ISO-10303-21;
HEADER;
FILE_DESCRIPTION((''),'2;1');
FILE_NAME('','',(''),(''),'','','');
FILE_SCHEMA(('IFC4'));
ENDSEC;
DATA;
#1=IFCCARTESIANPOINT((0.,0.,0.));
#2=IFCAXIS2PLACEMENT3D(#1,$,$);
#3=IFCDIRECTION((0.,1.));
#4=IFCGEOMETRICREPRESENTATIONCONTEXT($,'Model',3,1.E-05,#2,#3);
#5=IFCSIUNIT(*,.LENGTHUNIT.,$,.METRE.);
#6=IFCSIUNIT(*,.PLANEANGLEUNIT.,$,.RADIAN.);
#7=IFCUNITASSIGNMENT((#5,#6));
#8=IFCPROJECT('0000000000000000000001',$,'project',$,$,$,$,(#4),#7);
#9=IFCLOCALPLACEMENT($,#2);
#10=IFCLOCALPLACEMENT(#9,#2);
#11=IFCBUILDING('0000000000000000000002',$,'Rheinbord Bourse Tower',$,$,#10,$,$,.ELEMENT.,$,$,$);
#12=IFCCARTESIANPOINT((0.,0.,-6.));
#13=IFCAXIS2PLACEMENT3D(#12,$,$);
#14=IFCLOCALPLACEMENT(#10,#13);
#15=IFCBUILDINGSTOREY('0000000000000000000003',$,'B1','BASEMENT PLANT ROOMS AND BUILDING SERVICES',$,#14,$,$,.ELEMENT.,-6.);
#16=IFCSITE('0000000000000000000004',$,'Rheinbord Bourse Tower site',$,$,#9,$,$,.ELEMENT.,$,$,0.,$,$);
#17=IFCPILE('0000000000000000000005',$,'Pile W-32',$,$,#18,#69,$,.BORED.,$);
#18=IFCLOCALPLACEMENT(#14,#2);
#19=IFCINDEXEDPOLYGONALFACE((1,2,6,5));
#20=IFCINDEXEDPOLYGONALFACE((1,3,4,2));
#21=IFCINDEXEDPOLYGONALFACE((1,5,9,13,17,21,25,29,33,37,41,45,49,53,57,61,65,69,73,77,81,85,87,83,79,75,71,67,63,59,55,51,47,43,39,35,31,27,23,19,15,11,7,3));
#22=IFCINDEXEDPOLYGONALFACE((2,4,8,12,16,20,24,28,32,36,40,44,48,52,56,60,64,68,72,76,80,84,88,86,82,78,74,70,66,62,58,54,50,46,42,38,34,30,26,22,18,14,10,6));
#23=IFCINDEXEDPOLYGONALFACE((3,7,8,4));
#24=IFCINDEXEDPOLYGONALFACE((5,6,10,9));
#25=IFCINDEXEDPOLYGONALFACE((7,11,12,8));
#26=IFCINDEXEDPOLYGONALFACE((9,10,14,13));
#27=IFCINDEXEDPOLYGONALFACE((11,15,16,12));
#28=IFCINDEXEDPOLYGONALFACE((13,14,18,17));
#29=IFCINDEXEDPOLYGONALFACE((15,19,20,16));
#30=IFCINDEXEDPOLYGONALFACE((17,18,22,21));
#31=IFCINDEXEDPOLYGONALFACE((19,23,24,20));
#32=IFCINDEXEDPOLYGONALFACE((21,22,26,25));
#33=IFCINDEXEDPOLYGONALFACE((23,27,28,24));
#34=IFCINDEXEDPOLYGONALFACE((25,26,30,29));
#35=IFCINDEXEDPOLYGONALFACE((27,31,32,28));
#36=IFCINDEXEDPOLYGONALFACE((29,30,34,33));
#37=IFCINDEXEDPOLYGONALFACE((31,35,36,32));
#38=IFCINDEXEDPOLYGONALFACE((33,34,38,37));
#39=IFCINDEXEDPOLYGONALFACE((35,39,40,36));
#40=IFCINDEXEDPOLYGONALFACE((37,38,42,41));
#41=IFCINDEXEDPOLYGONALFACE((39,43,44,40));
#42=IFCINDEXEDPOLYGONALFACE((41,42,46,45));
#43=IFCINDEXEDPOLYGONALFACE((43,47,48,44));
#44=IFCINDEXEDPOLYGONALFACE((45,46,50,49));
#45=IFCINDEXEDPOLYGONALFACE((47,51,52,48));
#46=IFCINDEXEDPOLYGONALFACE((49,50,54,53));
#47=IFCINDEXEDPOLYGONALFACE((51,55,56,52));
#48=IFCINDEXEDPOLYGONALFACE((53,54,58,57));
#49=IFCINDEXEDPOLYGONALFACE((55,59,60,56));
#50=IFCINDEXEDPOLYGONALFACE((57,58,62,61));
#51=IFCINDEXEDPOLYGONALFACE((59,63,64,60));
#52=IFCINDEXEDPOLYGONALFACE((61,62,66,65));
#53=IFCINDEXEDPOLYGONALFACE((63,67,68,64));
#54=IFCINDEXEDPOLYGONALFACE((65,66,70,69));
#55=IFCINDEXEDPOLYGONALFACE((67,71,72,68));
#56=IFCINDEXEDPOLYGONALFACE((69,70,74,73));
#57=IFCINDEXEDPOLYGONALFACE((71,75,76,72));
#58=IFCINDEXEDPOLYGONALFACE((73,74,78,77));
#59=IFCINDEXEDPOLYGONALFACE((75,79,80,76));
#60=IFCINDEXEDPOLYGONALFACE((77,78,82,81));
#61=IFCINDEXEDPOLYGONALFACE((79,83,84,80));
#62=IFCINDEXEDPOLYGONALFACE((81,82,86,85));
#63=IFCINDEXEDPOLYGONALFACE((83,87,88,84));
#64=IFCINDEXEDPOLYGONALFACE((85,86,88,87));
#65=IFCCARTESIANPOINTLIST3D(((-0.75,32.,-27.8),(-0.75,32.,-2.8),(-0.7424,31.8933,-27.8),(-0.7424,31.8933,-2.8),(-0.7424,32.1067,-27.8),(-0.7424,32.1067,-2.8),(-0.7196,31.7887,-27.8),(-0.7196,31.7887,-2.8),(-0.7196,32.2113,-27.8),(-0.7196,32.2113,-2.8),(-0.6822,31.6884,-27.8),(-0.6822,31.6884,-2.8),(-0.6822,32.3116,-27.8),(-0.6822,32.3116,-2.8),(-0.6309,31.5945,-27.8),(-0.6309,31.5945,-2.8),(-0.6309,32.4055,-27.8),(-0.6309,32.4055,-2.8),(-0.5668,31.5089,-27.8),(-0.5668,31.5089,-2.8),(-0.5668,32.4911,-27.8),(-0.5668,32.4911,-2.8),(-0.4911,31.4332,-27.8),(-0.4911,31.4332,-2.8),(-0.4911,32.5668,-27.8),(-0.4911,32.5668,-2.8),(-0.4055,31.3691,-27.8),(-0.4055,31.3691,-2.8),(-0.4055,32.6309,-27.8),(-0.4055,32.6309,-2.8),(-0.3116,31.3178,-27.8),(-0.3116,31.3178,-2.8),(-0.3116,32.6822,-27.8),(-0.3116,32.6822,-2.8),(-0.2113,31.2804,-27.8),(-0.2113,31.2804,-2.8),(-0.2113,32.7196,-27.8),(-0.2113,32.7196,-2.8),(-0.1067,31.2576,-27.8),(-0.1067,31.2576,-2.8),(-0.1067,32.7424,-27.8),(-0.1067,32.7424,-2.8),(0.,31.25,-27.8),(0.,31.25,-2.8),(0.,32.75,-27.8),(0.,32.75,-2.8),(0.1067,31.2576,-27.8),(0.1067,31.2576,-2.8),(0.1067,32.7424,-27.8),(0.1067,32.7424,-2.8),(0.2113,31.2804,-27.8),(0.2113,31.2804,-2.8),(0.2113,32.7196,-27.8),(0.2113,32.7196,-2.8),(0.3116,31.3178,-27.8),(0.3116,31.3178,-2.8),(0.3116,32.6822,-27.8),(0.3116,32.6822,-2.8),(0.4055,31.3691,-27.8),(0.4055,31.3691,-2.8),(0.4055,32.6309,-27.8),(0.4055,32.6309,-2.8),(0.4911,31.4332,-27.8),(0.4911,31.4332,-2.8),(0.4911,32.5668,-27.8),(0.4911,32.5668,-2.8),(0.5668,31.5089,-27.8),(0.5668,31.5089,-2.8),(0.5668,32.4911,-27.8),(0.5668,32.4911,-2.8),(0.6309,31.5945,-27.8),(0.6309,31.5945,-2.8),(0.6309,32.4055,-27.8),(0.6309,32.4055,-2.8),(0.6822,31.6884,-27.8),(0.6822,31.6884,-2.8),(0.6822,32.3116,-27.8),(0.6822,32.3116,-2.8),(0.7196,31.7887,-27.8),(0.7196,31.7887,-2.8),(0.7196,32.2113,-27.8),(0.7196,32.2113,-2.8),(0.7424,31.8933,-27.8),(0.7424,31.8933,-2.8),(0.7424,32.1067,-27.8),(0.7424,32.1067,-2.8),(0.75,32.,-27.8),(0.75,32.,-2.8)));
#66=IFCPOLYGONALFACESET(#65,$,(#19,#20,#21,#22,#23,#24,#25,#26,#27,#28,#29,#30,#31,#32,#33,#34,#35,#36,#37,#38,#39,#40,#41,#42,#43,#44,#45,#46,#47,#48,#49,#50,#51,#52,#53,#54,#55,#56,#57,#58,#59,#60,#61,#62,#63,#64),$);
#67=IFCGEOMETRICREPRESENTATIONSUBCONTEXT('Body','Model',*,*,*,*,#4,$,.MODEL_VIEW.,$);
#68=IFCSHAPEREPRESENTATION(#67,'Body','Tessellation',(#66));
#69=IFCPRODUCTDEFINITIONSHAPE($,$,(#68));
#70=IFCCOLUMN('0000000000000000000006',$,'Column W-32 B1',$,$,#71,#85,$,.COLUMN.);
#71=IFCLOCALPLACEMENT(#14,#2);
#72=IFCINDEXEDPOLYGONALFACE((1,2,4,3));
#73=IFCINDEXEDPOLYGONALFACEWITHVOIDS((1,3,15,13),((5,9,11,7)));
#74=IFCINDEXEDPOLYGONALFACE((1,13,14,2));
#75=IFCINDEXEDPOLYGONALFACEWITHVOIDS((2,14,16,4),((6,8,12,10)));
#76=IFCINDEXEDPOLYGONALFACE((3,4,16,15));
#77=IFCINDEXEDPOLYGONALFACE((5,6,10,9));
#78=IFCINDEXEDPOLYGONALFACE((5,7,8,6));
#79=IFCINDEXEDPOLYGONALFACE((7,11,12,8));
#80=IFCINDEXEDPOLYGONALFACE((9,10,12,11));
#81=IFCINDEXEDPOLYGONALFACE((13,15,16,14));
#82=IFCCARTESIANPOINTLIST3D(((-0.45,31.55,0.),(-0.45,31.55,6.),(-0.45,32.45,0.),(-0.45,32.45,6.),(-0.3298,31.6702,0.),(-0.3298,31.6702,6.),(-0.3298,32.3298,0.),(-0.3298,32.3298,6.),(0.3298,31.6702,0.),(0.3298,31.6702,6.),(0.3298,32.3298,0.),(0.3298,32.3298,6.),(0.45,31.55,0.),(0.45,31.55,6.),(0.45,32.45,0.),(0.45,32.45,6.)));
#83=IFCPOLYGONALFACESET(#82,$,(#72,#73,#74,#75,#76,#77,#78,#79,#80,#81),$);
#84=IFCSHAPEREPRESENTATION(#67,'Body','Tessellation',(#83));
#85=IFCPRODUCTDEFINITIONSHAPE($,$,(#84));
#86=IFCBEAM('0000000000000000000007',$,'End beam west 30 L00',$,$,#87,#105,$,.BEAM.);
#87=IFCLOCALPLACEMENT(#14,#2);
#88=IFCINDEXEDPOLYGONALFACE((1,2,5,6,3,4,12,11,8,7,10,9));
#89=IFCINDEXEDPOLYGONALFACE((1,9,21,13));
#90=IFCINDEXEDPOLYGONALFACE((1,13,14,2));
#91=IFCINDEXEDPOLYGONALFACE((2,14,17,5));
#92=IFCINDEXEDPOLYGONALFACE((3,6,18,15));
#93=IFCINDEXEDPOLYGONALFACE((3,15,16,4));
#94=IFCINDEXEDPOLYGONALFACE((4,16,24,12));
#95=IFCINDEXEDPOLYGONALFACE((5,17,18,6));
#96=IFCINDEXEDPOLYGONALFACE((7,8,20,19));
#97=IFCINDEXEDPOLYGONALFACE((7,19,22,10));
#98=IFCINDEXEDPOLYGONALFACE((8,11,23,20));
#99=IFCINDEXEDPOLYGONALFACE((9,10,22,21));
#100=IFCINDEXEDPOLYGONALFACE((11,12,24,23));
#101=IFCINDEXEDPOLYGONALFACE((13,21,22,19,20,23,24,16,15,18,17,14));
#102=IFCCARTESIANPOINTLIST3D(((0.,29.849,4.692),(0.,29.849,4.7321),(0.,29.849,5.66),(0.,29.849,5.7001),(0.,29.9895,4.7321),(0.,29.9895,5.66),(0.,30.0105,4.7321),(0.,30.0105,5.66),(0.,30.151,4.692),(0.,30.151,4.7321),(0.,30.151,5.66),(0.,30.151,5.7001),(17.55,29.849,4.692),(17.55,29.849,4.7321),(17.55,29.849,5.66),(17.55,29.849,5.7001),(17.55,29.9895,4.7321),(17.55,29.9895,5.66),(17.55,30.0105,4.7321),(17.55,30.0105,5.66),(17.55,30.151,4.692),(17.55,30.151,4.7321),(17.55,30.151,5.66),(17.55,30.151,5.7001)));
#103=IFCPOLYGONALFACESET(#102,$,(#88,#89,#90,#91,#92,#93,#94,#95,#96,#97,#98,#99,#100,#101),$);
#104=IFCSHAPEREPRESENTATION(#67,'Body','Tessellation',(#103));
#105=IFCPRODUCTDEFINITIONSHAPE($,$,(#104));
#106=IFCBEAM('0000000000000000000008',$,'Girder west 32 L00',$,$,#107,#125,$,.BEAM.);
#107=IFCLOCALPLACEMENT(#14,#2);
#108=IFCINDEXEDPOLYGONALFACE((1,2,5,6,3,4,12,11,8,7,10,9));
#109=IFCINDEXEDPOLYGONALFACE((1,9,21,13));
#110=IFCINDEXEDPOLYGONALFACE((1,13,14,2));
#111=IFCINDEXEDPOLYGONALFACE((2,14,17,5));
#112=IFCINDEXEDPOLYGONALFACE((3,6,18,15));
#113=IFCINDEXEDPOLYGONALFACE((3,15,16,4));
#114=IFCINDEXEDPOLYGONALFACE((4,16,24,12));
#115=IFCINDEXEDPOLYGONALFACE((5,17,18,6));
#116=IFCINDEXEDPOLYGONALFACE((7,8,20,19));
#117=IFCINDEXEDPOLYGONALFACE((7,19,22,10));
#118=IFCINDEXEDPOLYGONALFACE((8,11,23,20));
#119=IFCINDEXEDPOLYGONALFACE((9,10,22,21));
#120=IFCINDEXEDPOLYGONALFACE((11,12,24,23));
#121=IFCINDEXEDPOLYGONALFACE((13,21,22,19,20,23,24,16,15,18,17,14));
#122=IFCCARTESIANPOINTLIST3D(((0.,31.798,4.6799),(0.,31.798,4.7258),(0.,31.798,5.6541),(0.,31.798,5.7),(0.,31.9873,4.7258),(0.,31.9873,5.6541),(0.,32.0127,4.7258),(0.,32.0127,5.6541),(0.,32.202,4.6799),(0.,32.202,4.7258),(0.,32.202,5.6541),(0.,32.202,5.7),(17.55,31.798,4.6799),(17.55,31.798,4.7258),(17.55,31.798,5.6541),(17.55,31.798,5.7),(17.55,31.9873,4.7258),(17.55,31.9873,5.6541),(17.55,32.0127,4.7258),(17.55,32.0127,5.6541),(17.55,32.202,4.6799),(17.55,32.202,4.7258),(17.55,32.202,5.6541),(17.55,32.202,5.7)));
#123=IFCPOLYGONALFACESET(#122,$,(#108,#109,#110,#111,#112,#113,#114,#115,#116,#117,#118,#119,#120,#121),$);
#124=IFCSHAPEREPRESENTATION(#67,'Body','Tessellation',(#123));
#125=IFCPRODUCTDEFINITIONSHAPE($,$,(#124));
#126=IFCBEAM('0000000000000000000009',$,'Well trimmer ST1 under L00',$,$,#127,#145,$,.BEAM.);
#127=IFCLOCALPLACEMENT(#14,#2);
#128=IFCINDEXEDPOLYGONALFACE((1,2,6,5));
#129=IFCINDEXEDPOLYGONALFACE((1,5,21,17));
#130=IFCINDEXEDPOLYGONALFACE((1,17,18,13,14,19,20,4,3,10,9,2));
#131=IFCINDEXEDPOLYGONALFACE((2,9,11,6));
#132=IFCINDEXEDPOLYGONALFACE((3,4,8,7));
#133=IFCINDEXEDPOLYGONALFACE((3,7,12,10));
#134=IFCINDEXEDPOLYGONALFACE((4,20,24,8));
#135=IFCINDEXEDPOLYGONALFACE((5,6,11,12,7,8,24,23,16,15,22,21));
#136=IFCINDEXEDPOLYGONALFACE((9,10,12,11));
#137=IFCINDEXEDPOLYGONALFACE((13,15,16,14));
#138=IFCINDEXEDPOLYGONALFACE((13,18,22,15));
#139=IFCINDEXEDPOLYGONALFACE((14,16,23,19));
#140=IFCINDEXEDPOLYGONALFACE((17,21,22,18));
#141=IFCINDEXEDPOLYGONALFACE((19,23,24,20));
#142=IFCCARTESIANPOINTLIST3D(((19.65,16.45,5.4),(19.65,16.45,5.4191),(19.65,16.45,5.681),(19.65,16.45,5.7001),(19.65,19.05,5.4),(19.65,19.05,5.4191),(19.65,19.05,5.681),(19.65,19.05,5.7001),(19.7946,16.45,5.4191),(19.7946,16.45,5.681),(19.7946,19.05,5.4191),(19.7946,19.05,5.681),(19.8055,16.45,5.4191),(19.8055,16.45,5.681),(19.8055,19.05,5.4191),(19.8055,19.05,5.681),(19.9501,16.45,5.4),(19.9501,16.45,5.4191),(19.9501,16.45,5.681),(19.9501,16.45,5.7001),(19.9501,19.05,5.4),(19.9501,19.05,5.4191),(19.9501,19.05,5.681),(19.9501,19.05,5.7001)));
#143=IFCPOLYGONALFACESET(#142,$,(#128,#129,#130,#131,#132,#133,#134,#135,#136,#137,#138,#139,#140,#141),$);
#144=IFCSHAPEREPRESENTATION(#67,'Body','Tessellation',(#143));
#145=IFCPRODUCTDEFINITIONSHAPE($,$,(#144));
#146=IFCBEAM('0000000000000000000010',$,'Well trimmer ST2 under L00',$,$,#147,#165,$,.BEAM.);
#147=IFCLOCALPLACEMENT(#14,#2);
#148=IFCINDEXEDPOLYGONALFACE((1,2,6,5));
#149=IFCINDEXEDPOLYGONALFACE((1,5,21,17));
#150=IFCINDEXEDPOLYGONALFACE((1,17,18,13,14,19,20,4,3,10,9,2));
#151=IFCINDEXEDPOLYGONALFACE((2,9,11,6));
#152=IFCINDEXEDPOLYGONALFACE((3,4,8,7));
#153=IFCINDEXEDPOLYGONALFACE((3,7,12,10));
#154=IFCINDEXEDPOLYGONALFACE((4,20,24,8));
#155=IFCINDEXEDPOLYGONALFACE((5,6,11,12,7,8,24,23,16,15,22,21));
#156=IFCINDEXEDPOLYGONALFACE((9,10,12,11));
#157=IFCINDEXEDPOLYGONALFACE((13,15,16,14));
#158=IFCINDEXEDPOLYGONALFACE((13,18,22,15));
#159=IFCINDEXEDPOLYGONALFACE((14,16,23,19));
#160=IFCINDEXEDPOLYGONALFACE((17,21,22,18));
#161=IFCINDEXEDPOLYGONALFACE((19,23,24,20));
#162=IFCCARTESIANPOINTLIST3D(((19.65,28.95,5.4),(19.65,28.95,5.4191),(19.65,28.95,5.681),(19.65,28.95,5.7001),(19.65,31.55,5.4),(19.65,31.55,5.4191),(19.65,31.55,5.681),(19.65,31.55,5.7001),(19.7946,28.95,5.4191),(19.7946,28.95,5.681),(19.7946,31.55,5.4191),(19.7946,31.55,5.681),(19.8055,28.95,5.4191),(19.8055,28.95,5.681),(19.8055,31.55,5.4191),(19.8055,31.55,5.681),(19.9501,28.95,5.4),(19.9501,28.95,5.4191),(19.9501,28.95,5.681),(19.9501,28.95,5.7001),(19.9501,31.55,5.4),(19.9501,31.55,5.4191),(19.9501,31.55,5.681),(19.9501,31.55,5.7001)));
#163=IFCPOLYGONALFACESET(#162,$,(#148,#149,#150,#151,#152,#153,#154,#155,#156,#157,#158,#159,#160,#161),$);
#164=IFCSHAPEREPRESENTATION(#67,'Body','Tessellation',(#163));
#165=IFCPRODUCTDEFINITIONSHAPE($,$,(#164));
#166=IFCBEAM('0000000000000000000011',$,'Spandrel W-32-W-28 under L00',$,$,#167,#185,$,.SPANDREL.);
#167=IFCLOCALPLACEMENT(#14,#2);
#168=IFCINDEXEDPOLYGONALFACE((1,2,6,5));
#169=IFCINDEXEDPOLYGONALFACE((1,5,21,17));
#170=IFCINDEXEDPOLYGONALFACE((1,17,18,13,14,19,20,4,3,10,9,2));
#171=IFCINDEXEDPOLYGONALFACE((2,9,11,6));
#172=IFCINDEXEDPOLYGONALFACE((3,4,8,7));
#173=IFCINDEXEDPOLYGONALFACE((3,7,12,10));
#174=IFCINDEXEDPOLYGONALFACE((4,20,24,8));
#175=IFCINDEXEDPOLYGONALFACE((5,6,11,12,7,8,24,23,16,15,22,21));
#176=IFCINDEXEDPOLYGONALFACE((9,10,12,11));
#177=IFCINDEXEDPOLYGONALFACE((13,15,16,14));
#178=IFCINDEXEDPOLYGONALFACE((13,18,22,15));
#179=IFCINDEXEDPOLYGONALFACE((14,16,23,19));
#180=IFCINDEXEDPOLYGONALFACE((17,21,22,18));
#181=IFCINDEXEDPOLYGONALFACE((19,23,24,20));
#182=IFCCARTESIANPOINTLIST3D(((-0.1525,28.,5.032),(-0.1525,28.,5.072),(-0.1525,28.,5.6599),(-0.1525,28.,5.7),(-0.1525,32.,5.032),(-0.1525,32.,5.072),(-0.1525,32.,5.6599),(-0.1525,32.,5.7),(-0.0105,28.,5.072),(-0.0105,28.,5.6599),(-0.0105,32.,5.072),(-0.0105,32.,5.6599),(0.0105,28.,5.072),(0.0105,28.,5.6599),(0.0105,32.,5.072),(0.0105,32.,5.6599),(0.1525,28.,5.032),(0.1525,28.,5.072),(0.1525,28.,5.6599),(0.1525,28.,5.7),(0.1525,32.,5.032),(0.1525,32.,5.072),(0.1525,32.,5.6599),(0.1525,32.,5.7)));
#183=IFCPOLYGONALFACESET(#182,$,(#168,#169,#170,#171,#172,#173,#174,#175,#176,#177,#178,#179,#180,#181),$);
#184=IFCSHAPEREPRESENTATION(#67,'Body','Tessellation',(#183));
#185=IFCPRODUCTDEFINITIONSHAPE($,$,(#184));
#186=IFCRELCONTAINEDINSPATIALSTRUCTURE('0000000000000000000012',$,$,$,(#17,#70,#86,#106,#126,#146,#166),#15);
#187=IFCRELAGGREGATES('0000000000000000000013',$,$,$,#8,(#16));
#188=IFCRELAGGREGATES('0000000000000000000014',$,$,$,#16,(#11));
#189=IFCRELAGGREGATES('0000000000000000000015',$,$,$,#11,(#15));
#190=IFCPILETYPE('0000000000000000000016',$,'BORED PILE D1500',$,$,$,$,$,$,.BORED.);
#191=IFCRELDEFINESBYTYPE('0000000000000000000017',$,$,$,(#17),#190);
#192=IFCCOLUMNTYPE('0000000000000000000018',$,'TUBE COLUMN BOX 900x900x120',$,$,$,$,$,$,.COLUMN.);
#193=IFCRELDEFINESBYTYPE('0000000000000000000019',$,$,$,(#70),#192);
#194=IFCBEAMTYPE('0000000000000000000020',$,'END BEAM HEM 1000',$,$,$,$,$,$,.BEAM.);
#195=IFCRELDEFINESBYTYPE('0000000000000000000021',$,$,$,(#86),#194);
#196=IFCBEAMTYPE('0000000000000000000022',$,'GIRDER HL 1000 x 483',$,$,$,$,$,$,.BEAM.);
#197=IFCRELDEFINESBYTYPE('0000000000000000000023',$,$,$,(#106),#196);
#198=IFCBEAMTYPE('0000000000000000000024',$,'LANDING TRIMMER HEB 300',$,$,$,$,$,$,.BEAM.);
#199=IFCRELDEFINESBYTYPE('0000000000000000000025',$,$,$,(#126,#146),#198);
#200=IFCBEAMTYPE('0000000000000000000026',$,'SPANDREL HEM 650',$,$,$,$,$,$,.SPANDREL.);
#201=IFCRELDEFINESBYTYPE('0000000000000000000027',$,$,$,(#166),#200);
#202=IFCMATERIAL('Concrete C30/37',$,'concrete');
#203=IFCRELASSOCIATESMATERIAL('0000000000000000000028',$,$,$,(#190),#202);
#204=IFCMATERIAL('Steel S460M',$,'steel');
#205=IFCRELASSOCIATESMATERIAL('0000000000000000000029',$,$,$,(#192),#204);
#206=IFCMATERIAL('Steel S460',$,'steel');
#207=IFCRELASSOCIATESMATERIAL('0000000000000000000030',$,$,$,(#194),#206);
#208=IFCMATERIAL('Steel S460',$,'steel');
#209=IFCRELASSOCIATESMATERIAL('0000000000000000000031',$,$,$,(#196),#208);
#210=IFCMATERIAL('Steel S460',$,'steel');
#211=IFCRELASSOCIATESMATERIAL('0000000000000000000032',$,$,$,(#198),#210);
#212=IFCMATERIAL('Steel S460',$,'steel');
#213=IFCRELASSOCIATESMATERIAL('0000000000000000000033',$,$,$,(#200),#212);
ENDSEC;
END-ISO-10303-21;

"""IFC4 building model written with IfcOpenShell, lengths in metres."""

from ifc_helpers import new_model, si_unit, direction, frame, origin, origin_2d, place, context, subcontext, project, spatial, hollow_rectangle, circle, i_section, extrude, material, material_profile, profile_set, type_object, element, save


model = new_model("IFC4")

# Units and contexts
model_context = context("Model", 3, precision=1e-05, world=origin(), true_north=direction((0.0, 1.0)))
body_context = subcontext(model_context, "Body", "Model", "MODEL_VIEW")
ifc_project = project(units=[si_unit("LENGTHUNIT", "METRE"), si_unit("PLANEANGLEUNIT", "RADIAN")], contexts=[model_context])

# Site, building, storey
site_placement = place(None, origin())
site = spatial("IfcSite", under=ifc_project, at=site_placement, Name="Rheinbord Bourse Tower site", CompositionType="ELEMENT", RefElevation=0.0)
building_placement = place(site_placement, origin())
building = spatial("IfcBuilding", under=site, at=building_placement, Name="Rheinbord Bourse Tower", CompositionType="ELEMENT")
storey_placement = place(building_placement, frame((0.0, 0.0, -6.0)))
storey = spatial("IfcBuildingStorey", under=building, at=storey_placement, Name="B1", Description="BASEMENT PLANT ROOMS AND BUILDING SERVICES", CompositionType="ELEMENT", Elevation=-6.0)

# Pile
ifc_material_1 = material(Name="Concrete C30/37", Category="concrete")
ifc_material_profile_1 = material_profile(ifc_material_1, circle(Radius=0.75, at=origin_2d()), Name="D1500")
ifc_profile_set_1 = profile_set([ifc_material_profile_1], Name="Concrete C30/37")
pile_type = type_object("IfcPileType", Name="BORED PILE D1500", PredefinedType="BORED", material=ifc_profile_set_1)
pile_placement = place(storey_placement, frame((0.0, 32.0, -2.8), z_axis=(0.0, 0.0, -1.0), x_axis=(1.0, 0.0, 0.0)))
element("IfcPile", 1, at=pile_placement, inside=storey, type_object=pile_type, Name="Pile W-32", PredefinedType="BORED", context=body_context, shape_type="SweptSolid", body=[
    extrude(circle(Radius=0.75, at=origin_2d()), origin(), (0.0, 0.0, 1.0), 25.0),
])

# Column
ifc_material_2 = material(Name="Steel S460M", Category="steel")
ifc_material_profile_2 = material_profile(ifc_material_2, hollow_rectangle(XDim=0.8999, YDim=0.8999, WallThickness=0.1201, at=origin_2d()), Name="BOX 900x900x120")
ifc_profile_set_2 = profile_set([ifc_material_profile_2], Name="Steel S460M")
column_type = type_object("IfcColumnType", Name="TUBE COLUMN BOX 900x900x120", PredefinedType="COLUMN", material=ifc_profile_set_2)
column_placement = place(storey_placement, frame((0.0, 32.0, 0.0), z_axis=(0.0, 0.0, 1.0), x_axis=(1.0, 0.0, 0.0)))
element("IfcColumn", 2, at=column_placement, inside=storey, type_object=column_type, Name="Column W-32 B1", PredefinedType="COLUMN", context=body_context, shape_type="SweptSolid", body=[
    extrude(hollow_rectangle(XDim=0.8999, YDim=0.8999, WallThickness=0.1201, at=origin_2d()), origin(), (0.0, 0.0, 1.0), 6.0),
])

# Beams
ifc_material_3 = material(Name="Steel S460", Category="steel")
ifc_material_profile_3 = material_profile(ifc_material_3, i_section(OverallWidth=0.302, OverallDepth=1.0081, WebThickness=0.021, FlangeThickness=0.04, at=origin_2d()), Name="HEM 1000")
ifc_profile_set_3 = profile_set([ifc_material_profile_3], Name="Steel S460")
beam_type_1 = type_object("IfcBeamType", Name="END BEAM HEM 1000", PredefinedType="BEAM", material=ifc_profile_set_3)
beam_1_placement = place(storey_placement, frame((0.0, 30.0, 5.196), z_axis=(1.0, 0.0, 0.0), x_axis=(0.0, 1.0, 0.0)))
element("IfcBeam", 3, at=beam_1_placement, inside=storey, type_object=beam_type_1, Name="End beam west 30 L00", PredefinedType="BEAM", context=body_context, shape_type="SweptSolid", body=[
    extrude(i_section(OverallWidth=0.302, OverallDepth=1.0081, WebThickness=0.021, FlangeThickness=0.04, at=origin_2d()), origin(), (0.0, 0.0, 1.0), 17.55),
])
ifc_material_4 = material(Name="Steel S460", Category="steel")
ifc_material_profile_4 = material_profile(ifc_material_4, i_section(OverallWidth=0.4041, OverallDepth=1.02, WebThickness=0.0254, FlangeThickness=0.0459, at=origin_2d()), Name="HL 1000 x 483")
ifc_profile_set_4 = profile_set([ifc_material_profile_4], Name="Steel S460")
beam_type_2 = type_object("IfcBeamType", Name="GIRDER HL 1000 x 483", PredefinedType="BEAM", material=ifc_profile_set_4)
beam_2_placement = place(storey_placement, frame((0.0, 32.0, 5.1899), z_axis=(1.0, 0.0, 0.0), x_axis=(0.0, 1.0, 0.0)))
element("IfcBeam", 4, at=beam_2_placement, inside=storey, type_object=beam_type_2, Name="Girder west 32 L00", PredefinedType="BEAM", context=body_context, shape_type="SweptSolid", body=[
    extrude(i_section(OverallWidth=0.4041, OverallDepth=1.02, WebThickness=0.0254, FlangeThickness=0.0459, at=origin_2d()), origin(), (0.0, 0.0, 1.0), 17.55),
])
ifc_material_5 = material(Name="Steel S460", Category="steel")
ifc_material_profile_5 = material_profile(ifc_material_5, i_section(OverallWidth=0.3, OverallDepth=0.3, WebThickness=0.011, FlangeThickness=0.019, at=origin_2d()), Name="HEB 300")
ifc_profile_set_5 = profile_set([ifc_material_profile_5], Name="Steel S460")
beam_type_3 = type_object("IfcBeamType", Name="LANDING TRIMMER HEB 300", PredefinedType="BEAM", material=ifc_profile_set_5)
for number, where, z_axis, x_axis, name in (
    (5, (19.8, 16.45, 5.55), (0.0, 1.0, 0.0), (-1.0, 0.0, 0.0), "Well trimmer ST1 under L00"),
    (6, (19.8, 28.95, 5.55), (0.0, 1.0, 0.0), (-1.0, 0.0, 0.0), "Well trimmer ST2 under L00"),
):
    element("IfcBeam", number, at=place(storey_placement, frame(where, z_axis=z_axis, x_axis=x_axis)), inside=storey, type_object=beam_type_3, Name=name, PredefinedType="BEAM", context=body_context, shape_type="SweptSolid", body=[
        extrude(i_section(OverallWidth=0.3, OverallDepth=0.3, WebThickness=0.011, FlangeThickness=0.019, at=origin_2d()), origin(), (0.0, 0.0, 1.0), 2.6001),
    ])
ifc_material_6 = material(Name="Steel S460", Category="steel")
ifc_material_profile_6 = material_profile(ifc_material_6, i_section(OverallWidth=0.3049, OverallDepth=0.668, WebThickness=0.021, FlangeThickness=0.04, at=origin_2d()), Name="HEM 650")
ifc_profile_set_6 = profile_set([ifc_material_profile_6], Name="Steel S460")
beam_type_4 = type_object("IfcBeamType", Name="SPANDREL HEM 650", PredefinedType="SPANDREL", material=ifc_profile_set_6)
for number, where, z_axis, x_axis, name in (
    (7, (0.0, 32.0, 5.366), (0.0, -1.0, 0.0), (1.0, 0.0, 0.0), "Spandrel W-32-W-28 under L00"),
):
    element("IfcBeam", number, at=place(storey_placement, frame(where, z_axis=z_axis, x_axis=x_axis)), inside=storey, type_object=beam_type_4, Name=name, PredefinedType="SPANDREL", context=body_context, shape_type="SweptSolid", body=[
        extrude(i_section(OverallWidth=0.3049, OverallDepth=0.668, WebThickness=0.021, FlangeThickness=0.04, at=origin_2d()), origin(), (0.0, 0.0, 1.0), 4.0),
    ])

save(model, "model.ifc")
